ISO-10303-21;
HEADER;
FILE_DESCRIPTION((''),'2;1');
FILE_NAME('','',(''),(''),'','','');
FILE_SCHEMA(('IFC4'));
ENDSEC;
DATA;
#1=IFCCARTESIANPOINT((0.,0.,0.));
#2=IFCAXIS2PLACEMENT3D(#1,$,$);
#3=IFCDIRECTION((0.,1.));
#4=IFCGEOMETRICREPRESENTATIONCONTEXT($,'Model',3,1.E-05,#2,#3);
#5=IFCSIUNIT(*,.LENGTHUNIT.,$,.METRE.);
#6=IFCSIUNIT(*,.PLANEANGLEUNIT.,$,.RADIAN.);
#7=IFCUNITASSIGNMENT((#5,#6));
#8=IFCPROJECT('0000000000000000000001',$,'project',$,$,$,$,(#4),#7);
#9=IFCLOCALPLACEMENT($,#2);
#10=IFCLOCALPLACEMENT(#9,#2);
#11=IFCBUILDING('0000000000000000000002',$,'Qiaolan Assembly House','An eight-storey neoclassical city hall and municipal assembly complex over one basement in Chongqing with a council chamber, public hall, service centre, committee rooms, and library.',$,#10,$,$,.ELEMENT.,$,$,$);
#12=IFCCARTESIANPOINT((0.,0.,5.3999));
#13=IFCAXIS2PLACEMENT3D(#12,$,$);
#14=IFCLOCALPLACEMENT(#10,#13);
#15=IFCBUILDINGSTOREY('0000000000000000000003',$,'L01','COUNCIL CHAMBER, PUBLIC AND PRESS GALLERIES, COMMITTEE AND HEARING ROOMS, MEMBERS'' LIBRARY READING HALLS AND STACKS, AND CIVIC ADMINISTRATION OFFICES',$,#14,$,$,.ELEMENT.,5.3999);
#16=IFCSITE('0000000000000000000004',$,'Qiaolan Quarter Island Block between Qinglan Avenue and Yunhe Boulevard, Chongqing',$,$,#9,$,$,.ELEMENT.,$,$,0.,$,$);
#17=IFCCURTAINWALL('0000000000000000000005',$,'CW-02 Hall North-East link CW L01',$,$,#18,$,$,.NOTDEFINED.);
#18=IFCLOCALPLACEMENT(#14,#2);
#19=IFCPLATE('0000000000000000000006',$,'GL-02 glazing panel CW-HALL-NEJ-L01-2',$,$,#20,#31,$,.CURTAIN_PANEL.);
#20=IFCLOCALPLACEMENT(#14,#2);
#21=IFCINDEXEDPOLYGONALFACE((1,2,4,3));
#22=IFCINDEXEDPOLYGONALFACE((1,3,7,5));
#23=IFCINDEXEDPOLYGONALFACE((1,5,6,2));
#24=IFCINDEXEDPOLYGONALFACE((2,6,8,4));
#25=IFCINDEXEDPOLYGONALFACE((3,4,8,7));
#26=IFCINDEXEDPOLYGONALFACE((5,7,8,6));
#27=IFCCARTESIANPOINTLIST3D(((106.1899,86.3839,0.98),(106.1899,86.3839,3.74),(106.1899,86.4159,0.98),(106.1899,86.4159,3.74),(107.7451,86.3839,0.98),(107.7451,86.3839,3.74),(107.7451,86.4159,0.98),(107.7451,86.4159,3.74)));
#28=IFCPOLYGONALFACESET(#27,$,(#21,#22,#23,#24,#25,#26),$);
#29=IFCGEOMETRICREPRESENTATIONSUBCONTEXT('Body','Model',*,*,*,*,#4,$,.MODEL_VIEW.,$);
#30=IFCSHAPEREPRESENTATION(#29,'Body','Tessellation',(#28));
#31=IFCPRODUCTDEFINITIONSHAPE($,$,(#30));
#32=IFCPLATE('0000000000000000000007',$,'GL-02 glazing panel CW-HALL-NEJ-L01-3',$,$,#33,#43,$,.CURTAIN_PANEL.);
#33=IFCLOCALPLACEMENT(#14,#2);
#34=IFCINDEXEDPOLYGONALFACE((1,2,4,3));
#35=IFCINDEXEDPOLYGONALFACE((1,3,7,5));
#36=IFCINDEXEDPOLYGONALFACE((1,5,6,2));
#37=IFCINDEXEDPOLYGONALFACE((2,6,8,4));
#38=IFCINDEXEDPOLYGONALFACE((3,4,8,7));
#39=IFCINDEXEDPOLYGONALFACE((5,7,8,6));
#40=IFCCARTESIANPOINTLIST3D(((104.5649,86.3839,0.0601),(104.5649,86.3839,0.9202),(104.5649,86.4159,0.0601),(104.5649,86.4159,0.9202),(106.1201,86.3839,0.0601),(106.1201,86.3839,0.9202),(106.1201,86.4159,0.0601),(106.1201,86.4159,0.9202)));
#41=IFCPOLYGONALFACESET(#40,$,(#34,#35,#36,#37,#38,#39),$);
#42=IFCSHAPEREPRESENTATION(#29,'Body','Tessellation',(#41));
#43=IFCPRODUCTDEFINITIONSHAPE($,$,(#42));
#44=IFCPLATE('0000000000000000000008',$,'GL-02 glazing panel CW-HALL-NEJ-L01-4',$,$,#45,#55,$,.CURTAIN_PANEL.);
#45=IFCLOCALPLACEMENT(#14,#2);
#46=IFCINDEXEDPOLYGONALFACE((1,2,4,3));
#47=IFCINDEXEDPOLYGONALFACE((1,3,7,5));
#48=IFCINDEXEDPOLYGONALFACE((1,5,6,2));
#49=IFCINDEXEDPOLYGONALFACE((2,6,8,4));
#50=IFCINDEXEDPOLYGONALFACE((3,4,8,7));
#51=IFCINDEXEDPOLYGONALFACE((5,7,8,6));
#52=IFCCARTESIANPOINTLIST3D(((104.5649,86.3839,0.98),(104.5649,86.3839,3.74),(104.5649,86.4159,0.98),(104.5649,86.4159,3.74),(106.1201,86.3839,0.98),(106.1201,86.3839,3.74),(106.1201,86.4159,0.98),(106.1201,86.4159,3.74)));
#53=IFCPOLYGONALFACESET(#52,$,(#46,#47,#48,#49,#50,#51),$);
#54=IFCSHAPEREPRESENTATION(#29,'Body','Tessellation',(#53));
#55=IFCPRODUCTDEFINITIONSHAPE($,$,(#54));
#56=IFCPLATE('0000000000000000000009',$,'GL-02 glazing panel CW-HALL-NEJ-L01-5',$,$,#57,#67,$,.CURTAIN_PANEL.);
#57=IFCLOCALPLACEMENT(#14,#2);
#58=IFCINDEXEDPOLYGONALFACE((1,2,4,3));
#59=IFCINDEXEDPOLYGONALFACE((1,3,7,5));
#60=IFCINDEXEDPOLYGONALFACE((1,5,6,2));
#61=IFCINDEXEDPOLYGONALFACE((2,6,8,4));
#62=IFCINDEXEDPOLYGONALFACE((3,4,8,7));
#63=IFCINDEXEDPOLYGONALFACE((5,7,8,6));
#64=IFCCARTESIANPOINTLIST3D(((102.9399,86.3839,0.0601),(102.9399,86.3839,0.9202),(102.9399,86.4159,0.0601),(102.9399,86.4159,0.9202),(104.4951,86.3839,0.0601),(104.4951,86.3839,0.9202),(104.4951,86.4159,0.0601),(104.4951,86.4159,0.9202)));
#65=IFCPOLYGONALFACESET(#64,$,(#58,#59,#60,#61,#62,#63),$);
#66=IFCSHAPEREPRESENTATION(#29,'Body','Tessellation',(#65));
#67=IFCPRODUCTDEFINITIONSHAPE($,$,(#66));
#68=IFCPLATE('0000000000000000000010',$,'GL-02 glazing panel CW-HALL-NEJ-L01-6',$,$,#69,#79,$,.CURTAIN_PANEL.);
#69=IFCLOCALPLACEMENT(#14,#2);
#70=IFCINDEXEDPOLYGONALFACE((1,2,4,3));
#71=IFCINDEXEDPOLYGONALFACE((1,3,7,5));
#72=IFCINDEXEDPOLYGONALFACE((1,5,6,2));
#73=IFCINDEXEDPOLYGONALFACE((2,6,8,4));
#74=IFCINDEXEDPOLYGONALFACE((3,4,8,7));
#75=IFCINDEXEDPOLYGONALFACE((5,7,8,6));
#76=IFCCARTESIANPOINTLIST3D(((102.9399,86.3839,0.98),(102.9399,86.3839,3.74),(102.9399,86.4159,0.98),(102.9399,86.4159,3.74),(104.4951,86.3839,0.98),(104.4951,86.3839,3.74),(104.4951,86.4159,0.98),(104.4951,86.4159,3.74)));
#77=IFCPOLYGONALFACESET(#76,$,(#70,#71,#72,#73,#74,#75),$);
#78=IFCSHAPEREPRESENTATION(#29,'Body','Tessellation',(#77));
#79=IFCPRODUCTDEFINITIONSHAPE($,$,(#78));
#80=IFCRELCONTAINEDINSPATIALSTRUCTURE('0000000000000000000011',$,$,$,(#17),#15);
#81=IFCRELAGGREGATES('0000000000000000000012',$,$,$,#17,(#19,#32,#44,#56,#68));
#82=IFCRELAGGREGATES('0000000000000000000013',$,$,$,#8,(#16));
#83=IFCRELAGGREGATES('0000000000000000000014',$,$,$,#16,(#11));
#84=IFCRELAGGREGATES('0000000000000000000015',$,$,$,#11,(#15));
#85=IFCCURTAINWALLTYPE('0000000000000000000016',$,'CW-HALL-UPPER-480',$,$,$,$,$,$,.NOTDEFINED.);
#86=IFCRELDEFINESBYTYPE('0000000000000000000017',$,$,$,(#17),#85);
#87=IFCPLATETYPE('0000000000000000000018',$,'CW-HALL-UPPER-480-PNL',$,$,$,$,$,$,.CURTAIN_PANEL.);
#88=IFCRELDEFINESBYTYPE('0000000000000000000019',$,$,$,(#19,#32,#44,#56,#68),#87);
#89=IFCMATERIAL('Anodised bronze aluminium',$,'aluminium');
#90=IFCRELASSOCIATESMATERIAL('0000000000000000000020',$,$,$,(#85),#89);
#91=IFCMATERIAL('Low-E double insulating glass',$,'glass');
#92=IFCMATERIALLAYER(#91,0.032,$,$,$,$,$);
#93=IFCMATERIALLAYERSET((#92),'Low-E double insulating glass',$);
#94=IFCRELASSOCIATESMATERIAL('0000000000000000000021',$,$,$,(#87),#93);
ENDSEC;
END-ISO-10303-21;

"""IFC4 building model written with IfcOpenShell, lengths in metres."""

from ifc_helpers import new_model, si_unit, direction, frame, frame_2d, origin, place, context, subcontext, project, spatial, rectangle, extrude, material, layer, layer_set, type_object, element, aggregate, save


model = new_model("IFC4")

# Units and contexts
model_context = context("Model", 3, precision=1e-05, world=origin(), true_north=direction((0.0, 1.0)))
body_context = subcontext(model_context, "Body", "Model", "MODEL_VIEW")
ifc_project = project(units=[si_unit("LENGTHUNIT", "METRE"), si_unit("PLANEANGLEUNIT", "RADIAN")], contexts=[model_context])

# Site, building, storey
site_placement = place(None, origin())
site = spatial("IfcSite", under=ifc_project, at=site_placement, Name="Qiaolan Quarter Island Block between Qinglan Avenue and Yunhe Boulevard, Chongqing", CompositionType="ELEMENT", RefElevation=0.0)
building_placement = place(site_placement, origin())
building = spatial("IfcBuilding", under=site, at=building_placement, Name="Qiaolan Assembly House", Description="An eight-storey neoclassical city hall and municipal assembly complex over one basement in Chongqing with a council chamber, public hall, service centre, committee rooms, and library.", CompositionType="ELEMENT")
storey_placement = place(building_placement, frame((0.0, 0.0, 5.3999)))
storey = spatial("IfcBuildingStorey", under=building, at=storey_placement, Name="L01", Description="COUNCIL CHAMBER, PUBLIC AND PRESS GALLERIES, COMMITTEE AND HEARING ROOMS, MEMBERS' LIBRARY READING HALLS AND STACKS, AND CIVIC ADMINISTRATION OFFICES", CompositionType="ELEMENT", Elevation=5.3999)

# Curtain wall
ifc_material_1 = material(Name="Anodised bronze aluminium", Category="aluminium")
curtain_wall_type_1 = type_object("IfcCurtainWallType", Name="CW-HALL-UPPER-480", PredefinedType="NOTDEFINED", material=ifc_material_1)
curtain_wall_1_placement = place(storey_placement, origin())
curtain_wall_1 = element("IfcCurtainWall", 1, at=curtain_wall_1_placement, inside=storey, type_object=curtain_wall_type_1, Name="CW-02 Hall North-East link CW L01", PredefinedType="NOTDEFINED")

# Plates
ifc_material_2 = material(Name="Low-E double insulating glass", Category="glass")
ifc_layer = layer(ifc_material_2, 0.032)
ifc_layer_set = layer_set([ifc_layer], Name="Low-E double insulating glass")
plate_type = type_object("IfcPlateType", Name="CW-HALL-UPPER-480-PNL", PredefinedType="CURTAIN_PANEL", material=ifc_layer_set)
plate_1_placement = place(storey_placement, frame((107.7451, 86.3999, 0.98), z_axis=(0.0, 0.0, 1.0), x_axis=(-1.0, 0.0, 0.0)))
plate_1 = element("IfcPlate", 2, at=plate_1_placement, type_object=plate_type, Name="GL-02 glazing panel CW-HALL-NEJ-L01-2", PredefinedType="CURTAIN_PANEL", context=body_context, shape_type="SweptSolid", body=[
    extrude(rectangle(XDim=1.5552, YDim=0.032, at=frame_2d((0.7776, 0.0))), origin(), (0.0, 0.0, 1.0), 2.76),
])
plate_2_placement = place(storey_placement, frame((106.1201, 86.3999, 0.0601), z_axis=(0.0, 0.0, 1.0), x_axis=(-1.0, 0.0, 0.0)))
plate_2 = element("IfcPlate", 3, at=plate_2_placement, type_object=plate_type, Name="GL-02 glazing panel CW-HALL-NEJ-L01-3", PredefinedType="CURTAIN_PANEL", context=body_context, shape_type="SweptSolid", body=[
    extrude(rectangle(XDim=1.5552, YDim=0.032, at=frame_2d((0.7776, 0.0))), origin(), (0.0, 0.0, 1.0), 0.8601),
])
plate_3_placement = place(storey_placement, frame((106.1201, 86.3999, 0.98), z_axis=(0.0, 0.0, 1.0), x_axis=(-1.0, 0.0, 0.0)))
plate_3 = element("IfcPlate", 4, at=plate_3_placement, type_object=plate_type, Name="GL-02 glazing panel CW-HALL-NEJ-L01-4", PredefinedType="CURTAIN_PANEL", context=body_context, shape_type="SweptSolid", body=[
    extrude(rectangle(XDim=1.5552, YDim=0.032, at=frame_2d((0.7776, 0.0))), origin(), (0.0, 0.0, 1.0), 2.76),
])
plate_4_placement = place(storey_placement, frame((104.4951, 86.3999, 0.0601), z_axis=(0.0, 0.0, 1.0), x_axis=(-1.0, 0.0, 0.0)))
plate_4 = element("IfcPlate", 5, at=plate_4_placement, type_object=plate_type, Name="GL-02 glazing panel CW-HALL-NEJ-L01-5", PredefinedType="CURTAIN_PANEL", context=body_context, shape_type="SweptSolid", body=[
    extrude(rectangle(XDim=1.5552, YDim=0.032, at=frame_2d((0.7776, 0.0))), origin(), (0.0, 0.0, 1.0), 0.8601),
])
plate_5_placement = place(storey_placement, frame((104.4951, 86.3999, 0.98), z_axis=(0.0, 0.0, 1.0), x_axis=(-1.0, 0.0, 0.0)))
plate_5 = element("IfcPlate", 6, at=plate_5_placement, type_object=plate_type, Name="GL-02 glazing panel CW-HALL-NEJ-L01-6", PredefinedType="CURTAIN_PANEL", context=body_context, shape_type="SweptSolid", body=[
    extrude(rectangle(XDim=1.5552, YDim=0.032, at=frame_2d((0.7776, 0.0))), origin(), (0.0, 0.0, 1.0), 2.76),
])
aggregate(curtain_wall_1, [plate_1, plate_2, plate_3, plate_4, plate_5])

save(model, "model.ifc")
